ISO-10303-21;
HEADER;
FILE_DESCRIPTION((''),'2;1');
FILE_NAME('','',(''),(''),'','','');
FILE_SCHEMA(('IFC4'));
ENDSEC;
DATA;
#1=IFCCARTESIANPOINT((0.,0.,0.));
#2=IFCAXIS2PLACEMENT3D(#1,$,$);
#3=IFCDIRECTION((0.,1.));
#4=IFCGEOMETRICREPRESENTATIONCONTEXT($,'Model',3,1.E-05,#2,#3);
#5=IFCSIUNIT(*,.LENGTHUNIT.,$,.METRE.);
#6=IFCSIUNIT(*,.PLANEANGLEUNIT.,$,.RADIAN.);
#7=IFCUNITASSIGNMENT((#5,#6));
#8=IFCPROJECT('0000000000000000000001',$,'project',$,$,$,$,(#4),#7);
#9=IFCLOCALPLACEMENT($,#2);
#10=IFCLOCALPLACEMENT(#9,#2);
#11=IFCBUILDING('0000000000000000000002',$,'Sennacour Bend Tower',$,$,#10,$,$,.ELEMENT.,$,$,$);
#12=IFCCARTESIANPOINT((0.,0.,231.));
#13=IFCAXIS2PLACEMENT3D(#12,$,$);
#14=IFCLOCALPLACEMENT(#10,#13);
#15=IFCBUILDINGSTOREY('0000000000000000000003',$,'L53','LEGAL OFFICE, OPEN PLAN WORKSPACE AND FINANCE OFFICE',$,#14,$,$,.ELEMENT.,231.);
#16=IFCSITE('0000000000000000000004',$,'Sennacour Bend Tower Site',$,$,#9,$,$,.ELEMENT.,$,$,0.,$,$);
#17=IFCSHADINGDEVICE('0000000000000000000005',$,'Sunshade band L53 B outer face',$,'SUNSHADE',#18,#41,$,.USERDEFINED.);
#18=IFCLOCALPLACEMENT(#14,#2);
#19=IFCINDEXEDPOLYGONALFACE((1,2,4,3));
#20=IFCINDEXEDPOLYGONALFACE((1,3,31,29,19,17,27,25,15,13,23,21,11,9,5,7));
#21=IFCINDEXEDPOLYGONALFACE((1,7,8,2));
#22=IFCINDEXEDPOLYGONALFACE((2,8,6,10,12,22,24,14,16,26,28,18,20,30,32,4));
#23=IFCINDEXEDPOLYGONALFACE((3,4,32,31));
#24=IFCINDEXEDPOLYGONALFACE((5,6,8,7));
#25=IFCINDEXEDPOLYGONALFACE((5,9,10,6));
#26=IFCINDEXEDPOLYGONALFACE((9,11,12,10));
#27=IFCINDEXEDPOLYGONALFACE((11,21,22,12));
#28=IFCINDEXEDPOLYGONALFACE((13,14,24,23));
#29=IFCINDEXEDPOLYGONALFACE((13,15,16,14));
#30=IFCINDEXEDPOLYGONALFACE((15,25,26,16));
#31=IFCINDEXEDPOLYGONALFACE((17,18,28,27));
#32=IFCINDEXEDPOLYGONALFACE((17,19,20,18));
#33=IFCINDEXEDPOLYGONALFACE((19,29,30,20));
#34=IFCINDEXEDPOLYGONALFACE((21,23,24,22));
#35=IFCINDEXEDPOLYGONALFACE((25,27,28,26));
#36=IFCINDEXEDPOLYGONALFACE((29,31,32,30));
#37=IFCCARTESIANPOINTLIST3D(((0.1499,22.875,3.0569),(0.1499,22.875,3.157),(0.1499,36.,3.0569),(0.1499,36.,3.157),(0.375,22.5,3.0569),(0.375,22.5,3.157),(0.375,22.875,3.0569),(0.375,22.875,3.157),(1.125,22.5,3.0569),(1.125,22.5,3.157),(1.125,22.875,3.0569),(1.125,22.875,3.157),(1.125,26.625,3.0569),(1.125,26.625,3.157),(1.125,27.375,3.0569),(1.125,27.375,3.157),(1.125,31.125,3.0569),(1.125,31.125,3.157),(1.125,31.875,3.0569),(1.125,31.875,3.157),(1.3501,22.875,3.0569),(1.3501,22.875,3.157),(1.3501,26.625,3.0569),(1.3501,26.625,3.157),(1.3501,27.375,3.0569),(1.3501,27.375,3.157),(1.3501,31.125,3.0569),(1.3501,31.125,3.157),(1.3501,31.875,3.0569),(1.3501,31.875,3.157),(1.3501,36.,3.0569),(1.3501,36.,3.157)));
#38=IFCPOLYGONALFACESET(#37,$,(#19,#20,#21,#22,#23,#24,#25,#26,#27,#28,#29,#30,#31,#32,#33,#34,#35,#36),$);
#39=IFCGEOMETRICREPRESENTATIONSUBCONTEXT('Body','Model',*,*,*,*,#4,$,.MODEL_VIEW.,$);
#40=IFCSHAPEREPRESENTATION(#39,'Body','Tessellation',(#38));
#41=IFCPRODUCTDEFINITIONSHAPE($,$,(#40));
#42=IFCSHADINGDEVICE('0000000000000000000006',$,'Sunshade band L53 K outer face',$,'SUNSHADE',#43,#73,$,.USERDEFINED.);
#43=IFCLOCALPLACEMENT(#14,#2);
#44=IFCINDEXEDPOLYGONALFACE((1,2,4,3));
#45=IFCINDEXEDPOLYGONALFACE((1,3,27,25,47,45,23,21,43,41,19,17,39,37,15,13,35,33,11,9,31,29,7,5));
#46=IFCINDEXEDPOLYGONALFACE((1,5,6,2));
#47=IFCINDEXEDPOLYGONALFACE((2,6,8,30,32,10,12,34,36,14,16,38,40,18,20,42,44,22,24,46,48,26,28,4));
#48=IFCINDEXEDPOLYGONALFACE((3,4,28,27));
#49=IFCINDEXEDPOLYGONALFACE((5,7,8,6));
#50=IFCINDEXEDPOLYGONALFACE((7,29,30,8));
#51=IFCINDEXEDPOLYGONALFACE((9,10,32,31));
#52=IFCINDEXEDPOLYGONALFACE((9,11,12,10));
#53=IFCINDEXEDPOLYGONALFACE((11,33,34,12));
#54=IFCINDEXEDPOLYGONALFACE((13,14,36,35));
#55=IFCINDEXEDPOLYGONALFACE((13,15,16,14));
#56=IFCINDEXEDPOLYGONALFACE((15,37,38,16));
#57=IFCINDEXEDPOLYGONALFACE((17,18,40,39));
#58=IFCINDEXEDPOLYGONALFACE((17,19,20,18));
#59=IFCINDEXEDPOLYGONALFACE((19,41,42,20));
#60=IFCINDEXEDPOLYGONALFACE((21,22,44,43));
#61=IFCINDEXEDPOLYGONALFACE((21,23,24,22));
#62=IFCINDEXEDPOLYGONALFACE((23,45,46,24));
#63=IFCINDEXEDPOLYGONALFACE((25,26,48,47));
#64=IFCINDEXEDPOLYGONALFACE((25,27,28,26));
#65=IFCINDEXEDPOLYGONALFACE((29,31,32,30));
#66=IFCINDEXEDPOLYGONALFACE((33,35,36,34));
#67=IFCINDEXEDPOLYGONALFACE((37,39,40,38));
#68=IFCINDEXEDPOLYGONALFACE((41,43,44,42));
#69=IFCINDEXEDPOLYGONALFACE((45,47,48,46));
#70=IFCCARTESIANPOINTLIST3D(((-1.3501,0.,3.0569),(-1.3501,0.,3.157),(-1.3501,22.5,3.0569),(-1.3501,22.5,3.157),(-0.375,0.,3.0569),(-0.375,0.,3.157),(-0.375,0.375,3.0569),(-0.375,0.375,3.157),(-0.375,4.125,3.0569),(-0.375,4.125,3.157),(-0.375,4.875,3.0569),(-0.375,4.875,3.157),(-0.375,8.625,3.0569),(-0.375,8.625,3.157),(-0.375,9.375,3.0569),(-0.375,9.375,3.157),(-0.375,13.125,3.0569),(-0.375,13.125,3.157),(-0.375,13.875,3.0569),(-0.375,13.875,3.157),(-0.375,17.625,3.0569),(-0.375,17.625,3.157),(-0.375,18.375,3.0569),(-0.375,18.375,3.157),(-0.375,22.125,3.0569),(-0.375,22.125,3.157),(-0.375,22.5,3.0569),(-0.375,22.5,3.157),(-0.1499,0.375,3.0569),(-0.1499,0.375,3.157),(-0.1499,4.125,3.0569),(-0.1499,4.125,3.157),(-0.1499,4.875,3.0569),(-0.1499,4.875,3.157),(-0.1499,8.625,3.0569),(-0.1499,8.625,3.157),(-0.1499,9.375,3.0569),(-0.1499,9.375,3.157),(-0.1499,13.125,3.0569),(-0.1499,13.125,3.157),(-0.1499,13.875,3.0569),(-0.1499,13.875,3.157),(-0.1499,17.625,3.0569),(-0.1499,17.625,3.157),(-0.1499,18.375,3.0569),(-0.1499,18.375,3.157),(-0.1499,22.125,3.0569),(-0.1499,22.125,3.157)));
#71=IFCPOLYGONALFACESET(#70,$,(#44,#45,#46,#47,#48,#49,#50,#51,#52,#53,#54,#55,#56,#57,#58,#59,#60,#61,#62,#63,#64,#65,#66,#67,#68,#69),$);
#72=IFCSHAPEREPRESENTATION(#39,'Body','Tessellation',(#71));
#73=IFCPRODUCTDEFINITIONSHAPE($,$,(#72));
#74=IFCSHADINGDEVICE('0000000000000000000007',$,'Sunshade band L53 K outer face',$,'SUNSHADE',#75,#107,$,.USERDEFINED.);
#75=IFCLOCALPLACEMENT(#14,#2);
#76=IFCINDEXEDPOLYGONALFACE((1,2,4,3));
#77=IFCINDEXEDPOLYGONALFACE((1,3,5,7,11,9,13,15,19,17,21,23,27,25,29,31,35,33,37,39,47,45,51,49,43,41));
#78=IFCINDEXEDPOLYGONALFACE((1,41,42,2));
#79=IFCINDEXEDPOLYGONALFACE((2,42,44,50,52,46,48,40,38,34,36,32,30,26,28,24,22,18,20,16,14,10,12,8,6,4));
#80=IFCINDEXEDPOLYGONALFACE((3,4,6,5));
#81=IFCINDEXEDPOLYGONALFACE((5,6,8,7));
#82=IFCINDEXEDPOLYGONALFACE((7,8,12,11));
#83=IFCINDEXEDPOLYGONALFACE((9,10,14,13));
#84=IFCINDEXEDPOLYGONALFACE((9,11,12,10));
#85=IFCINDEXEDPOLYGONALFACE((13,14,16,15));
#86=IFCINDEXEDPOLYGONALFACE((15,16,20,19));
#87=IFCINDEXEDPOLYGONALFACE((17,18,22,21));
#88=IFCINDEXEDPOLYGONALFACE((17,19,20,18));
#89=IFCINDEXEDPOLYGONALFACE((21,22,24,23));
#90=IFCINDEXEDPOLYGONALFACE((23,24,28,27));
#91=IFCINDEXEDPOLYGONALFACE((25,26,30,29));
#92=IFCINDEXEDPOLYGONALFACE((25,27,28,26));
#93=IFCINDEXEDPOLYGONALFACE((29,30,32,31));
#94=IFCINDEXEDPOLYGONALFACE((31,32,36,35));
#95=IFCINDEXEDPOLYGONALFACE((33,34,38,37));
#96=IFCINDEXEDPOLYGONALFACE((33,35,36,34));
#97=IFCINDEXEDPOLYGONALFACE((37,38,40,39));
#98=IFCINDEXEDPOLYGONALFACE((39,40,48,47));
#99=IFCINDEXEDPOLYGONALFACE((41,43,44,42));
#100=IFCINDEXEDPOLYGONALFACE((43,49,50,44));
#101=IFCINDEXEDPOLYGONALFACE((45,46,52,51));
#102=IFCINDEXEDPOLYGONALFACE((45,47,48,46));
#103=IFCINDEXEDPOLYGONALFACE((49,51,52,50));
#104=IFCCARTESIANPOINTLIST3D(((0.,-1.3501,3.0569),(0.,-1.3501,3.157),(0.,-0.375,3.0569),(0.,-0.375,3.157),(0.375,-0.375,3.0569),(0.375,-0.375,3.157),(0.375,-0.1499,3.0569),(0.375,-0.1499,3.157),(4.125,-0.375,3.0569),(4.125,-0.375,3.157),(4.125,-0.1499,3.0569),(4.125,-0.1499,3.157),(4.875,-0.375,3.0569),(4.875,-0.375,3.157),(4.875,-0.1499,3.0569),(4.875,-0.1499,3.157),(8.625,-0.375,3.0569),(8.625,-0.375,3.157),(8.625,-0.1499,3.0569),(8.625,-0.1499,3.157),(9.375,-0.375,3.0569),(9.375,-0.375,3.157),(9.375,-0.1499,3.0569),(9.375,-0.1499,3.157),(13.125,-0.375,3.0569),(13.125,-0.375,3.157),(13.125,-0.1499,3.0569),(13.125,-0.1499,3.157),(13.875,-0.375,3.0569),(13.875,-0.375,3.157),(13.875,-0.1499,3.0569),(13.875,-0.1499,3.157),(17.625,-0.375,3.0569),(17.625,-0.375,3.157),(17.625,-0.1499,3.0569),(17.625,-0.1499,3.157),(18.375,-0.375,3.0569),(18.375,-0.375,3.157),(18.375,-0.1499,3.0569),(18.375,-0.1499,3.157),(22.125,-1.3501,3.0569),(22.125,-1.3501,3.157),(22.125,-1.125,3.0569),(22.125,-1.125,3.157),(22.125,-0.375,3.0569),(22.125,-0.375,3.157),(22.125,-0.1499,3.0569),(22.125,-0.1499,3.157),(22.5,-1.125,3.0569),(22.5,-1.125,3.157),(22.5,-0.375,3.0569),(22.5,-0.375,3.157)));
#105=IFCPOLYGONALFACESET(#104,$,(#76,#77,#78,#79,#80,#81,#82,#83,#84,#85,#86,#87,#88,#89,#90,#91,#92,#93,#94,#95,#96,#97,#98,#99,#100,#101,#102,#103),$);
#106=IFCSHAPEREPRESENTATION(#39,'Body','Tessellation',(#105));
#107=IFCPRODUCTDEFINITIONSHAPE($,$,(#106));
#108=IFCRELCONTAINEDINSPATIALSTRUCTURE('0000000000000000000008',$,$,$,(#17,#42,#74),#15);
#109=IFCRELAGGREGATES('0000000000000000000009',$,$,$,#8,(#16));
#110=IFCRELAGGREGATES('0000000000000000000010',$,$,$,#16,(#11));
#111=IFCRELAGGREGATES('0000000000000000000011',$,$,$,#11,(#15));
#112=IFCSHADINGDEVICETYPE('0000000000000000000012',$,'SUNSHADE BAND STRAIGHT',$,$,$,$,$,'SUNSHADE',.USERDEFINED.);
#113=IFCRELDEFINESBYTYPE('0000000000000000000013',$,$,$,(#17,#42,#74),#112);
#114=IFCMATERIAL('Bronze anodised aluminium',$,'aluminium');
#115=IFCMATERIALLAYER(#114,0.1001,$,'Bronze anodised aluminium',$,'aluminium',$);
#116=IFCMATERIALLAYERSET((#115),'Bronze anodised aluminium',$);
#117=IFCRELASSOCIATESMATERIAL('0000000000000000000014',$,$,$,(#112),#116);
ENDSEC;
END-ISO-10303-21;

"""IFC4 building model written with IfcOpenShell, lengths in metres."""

from ifc_helpers import new_model, si_unit, direction, frame, origin, place, context, subcontext, project, spatial, polyline, outline, extrude, material, layer, layer_set, type_object, element, save


model = new_model("IFC4")

# Units and contexts
model_context = context("Model", 3, precision=1e-05, world=origin(), true_north=direction((0.0, 1.0)))
body_context = subcontext(model_context, "Body", "Model", "MODEL_VIEW")
ifc_project = project(units=[si_unit("LENGTHUNIT", "METRE"), si_unit("PLANEANGLEUNIT", "RADIAN")], contexts=[model_context])

# Site, building, storey
site_placement = place(None, origin())
site = spatial("IfcSite", under=ifc_project, at=site_placement, Name="Sennacour Bend Tower Site", CompositionType="ELEMENT", RefElevation=0.0)
building_placement = place(site_placement, origin())
building = spatial("IfcBuilding", under=site, at=building_placement, Name="Sennacour Bend Tower", CompositionType="ELEMENT")
storey_placement = place(building_placement, frame((0.0, 0.0, 231.0)))
storey = spatial("IfcBuildingStorey", under=building, at=storey_placement, Name="L53", Description="LEGAL OFFICE, OPEN PLAN WORKSPACE AND FINANCE OFFICE", CompositionType="ELEMENT", Elevation=231.0)

# Shading devices
ifc_material_1 = material(Name="Bronze anodised aluminium", Category="aluminium")
ifc_layer_1 = layer(ifc_material_1, 0.1001, Name="Bronze anodised aluminium", Category="aluminium")
ifc_layer_set_1 = layer_set([ifc_layer_1], Name="Bronze anodised aluminium")
shading_device_type_1 = type_object("IfcShadingDeviceType", Name="SUNSHADE BAND STRAIGHT", ElementType="SUNSHADE", PredefinedType="USERDEFINED", material=ifc_layer_set_1)
shading_device_1_placement = place(storey_placement, frame((0.0, 0.0, 3.0569)))
element("IfcShadingDevice", 1, at=shading_device_1_placement, inside=storey, type_object=shading_device_type_1, Name="Sunshade band L53 B outer face", ObjectType="SUNSHADE", PredefinedType="USERDEFINED", context=body_context, shape_type="SweptSolid", body=[
    extrude(outline(polyline([(1.3501, 31.875), (1.125, 31.875), (1.125, 31.125), (1.3501, 31.125), (1.3501, 27.375), (1.125, 27.375), (1.125, 26.625), (1.3501, 26.625), (1.3501, 22.875), (1.125, 22.875), (1.125, 22.5), (0.375, 22.5), (0.375, 22.875), (0.1499, 22.875), (0.1499, 36.0), (1.3501, 36.0), (1.3501, 31.875)])), origin(), (0.0, 0.0, 1.0), 0.1001),
])
shading_device_2_placement = place(storey_placement, frame((0.0, 0.0, 3.0569)))
element("IfcShadingDevice", 2, at=shading_device_2_placement, inside=storey, type_object=shading_device_type_1, Name="Sunshade band L53 K outer face", ObjectType="SUNSHADE", PredefinedType="USERDEFINED", context=body_context, shape_type="SweptSolid", body=[
    extrude(outline(polyline([(-0.1499, 18.375), (-0.375, 18.375), (-0.375, 17.625), (-0.1499, 17.625), (-0.1499, 13.875), (-0.375, 13.875), (-0.375, 13.125), (-0.1499, 13.125), (-0.1499, 9.375), (-0.375, 9.375), (-0.375, 8.625), (-0.1499, 8.625), (-0.1499, 4.875), (-0.375, 4.875), (-0.375, 4.125), (-0.1499, 4.125), (-0.1499, 0.375), (-0.375, 0.375), (-0.375, 0.0), (-1.3501, 0.0), (-1.3501, 22.5), (-0.375, 22.5), (-0.375, 22.125), (-0.1499, 22.125), (-0.1499, 18.375)])), origin(), (0.0, 0.0, 1.0), 0.1001),
])
shading_device_3_placement = place(storey_placement, frame((0.0, 0.0, 3.0569)))
element("IfcShadingDevice", 3, at=shading_device_3_placement, inside=storey, type_object=shading_device_type_1, Name="Sunshade band L53 K outer face", ObjectType="SUNSHADE", PredefinedType="USERDEFINED", context=body_context, shape_type="SweptSolid", body=[
    extrude(outline(polyline([(4.125, -0.1499), (4.125, -0.375), (4.875, -0.375), (4.875, -0.1499), (8.625, -0.1499), (8.625, -0.375), (9.375, -0.375), (9.375, -0.1499), (13.125, -0.1499), (13.125, -0.375), (13.875, -0.375), (13.875, -0.1499), (17.625, -0.1499), (17.625, -0.375), (18.375, -0.375), (18.375, -0.1499), (22.125, -0.1499), (22.125, -0.375), (22.5, -0.375), (22.5, -1.125), (22.125, -1.125), (22.125, -1.3501), (0.0, -1.3501), (0.0, -0.375), (0.375, -0.375), (0.375, -0.1499), (4.125, -0.1499)])), origin(), (0.0, 0.0, 1.0), 0.1001),
])

save(model, "model.ifc")
